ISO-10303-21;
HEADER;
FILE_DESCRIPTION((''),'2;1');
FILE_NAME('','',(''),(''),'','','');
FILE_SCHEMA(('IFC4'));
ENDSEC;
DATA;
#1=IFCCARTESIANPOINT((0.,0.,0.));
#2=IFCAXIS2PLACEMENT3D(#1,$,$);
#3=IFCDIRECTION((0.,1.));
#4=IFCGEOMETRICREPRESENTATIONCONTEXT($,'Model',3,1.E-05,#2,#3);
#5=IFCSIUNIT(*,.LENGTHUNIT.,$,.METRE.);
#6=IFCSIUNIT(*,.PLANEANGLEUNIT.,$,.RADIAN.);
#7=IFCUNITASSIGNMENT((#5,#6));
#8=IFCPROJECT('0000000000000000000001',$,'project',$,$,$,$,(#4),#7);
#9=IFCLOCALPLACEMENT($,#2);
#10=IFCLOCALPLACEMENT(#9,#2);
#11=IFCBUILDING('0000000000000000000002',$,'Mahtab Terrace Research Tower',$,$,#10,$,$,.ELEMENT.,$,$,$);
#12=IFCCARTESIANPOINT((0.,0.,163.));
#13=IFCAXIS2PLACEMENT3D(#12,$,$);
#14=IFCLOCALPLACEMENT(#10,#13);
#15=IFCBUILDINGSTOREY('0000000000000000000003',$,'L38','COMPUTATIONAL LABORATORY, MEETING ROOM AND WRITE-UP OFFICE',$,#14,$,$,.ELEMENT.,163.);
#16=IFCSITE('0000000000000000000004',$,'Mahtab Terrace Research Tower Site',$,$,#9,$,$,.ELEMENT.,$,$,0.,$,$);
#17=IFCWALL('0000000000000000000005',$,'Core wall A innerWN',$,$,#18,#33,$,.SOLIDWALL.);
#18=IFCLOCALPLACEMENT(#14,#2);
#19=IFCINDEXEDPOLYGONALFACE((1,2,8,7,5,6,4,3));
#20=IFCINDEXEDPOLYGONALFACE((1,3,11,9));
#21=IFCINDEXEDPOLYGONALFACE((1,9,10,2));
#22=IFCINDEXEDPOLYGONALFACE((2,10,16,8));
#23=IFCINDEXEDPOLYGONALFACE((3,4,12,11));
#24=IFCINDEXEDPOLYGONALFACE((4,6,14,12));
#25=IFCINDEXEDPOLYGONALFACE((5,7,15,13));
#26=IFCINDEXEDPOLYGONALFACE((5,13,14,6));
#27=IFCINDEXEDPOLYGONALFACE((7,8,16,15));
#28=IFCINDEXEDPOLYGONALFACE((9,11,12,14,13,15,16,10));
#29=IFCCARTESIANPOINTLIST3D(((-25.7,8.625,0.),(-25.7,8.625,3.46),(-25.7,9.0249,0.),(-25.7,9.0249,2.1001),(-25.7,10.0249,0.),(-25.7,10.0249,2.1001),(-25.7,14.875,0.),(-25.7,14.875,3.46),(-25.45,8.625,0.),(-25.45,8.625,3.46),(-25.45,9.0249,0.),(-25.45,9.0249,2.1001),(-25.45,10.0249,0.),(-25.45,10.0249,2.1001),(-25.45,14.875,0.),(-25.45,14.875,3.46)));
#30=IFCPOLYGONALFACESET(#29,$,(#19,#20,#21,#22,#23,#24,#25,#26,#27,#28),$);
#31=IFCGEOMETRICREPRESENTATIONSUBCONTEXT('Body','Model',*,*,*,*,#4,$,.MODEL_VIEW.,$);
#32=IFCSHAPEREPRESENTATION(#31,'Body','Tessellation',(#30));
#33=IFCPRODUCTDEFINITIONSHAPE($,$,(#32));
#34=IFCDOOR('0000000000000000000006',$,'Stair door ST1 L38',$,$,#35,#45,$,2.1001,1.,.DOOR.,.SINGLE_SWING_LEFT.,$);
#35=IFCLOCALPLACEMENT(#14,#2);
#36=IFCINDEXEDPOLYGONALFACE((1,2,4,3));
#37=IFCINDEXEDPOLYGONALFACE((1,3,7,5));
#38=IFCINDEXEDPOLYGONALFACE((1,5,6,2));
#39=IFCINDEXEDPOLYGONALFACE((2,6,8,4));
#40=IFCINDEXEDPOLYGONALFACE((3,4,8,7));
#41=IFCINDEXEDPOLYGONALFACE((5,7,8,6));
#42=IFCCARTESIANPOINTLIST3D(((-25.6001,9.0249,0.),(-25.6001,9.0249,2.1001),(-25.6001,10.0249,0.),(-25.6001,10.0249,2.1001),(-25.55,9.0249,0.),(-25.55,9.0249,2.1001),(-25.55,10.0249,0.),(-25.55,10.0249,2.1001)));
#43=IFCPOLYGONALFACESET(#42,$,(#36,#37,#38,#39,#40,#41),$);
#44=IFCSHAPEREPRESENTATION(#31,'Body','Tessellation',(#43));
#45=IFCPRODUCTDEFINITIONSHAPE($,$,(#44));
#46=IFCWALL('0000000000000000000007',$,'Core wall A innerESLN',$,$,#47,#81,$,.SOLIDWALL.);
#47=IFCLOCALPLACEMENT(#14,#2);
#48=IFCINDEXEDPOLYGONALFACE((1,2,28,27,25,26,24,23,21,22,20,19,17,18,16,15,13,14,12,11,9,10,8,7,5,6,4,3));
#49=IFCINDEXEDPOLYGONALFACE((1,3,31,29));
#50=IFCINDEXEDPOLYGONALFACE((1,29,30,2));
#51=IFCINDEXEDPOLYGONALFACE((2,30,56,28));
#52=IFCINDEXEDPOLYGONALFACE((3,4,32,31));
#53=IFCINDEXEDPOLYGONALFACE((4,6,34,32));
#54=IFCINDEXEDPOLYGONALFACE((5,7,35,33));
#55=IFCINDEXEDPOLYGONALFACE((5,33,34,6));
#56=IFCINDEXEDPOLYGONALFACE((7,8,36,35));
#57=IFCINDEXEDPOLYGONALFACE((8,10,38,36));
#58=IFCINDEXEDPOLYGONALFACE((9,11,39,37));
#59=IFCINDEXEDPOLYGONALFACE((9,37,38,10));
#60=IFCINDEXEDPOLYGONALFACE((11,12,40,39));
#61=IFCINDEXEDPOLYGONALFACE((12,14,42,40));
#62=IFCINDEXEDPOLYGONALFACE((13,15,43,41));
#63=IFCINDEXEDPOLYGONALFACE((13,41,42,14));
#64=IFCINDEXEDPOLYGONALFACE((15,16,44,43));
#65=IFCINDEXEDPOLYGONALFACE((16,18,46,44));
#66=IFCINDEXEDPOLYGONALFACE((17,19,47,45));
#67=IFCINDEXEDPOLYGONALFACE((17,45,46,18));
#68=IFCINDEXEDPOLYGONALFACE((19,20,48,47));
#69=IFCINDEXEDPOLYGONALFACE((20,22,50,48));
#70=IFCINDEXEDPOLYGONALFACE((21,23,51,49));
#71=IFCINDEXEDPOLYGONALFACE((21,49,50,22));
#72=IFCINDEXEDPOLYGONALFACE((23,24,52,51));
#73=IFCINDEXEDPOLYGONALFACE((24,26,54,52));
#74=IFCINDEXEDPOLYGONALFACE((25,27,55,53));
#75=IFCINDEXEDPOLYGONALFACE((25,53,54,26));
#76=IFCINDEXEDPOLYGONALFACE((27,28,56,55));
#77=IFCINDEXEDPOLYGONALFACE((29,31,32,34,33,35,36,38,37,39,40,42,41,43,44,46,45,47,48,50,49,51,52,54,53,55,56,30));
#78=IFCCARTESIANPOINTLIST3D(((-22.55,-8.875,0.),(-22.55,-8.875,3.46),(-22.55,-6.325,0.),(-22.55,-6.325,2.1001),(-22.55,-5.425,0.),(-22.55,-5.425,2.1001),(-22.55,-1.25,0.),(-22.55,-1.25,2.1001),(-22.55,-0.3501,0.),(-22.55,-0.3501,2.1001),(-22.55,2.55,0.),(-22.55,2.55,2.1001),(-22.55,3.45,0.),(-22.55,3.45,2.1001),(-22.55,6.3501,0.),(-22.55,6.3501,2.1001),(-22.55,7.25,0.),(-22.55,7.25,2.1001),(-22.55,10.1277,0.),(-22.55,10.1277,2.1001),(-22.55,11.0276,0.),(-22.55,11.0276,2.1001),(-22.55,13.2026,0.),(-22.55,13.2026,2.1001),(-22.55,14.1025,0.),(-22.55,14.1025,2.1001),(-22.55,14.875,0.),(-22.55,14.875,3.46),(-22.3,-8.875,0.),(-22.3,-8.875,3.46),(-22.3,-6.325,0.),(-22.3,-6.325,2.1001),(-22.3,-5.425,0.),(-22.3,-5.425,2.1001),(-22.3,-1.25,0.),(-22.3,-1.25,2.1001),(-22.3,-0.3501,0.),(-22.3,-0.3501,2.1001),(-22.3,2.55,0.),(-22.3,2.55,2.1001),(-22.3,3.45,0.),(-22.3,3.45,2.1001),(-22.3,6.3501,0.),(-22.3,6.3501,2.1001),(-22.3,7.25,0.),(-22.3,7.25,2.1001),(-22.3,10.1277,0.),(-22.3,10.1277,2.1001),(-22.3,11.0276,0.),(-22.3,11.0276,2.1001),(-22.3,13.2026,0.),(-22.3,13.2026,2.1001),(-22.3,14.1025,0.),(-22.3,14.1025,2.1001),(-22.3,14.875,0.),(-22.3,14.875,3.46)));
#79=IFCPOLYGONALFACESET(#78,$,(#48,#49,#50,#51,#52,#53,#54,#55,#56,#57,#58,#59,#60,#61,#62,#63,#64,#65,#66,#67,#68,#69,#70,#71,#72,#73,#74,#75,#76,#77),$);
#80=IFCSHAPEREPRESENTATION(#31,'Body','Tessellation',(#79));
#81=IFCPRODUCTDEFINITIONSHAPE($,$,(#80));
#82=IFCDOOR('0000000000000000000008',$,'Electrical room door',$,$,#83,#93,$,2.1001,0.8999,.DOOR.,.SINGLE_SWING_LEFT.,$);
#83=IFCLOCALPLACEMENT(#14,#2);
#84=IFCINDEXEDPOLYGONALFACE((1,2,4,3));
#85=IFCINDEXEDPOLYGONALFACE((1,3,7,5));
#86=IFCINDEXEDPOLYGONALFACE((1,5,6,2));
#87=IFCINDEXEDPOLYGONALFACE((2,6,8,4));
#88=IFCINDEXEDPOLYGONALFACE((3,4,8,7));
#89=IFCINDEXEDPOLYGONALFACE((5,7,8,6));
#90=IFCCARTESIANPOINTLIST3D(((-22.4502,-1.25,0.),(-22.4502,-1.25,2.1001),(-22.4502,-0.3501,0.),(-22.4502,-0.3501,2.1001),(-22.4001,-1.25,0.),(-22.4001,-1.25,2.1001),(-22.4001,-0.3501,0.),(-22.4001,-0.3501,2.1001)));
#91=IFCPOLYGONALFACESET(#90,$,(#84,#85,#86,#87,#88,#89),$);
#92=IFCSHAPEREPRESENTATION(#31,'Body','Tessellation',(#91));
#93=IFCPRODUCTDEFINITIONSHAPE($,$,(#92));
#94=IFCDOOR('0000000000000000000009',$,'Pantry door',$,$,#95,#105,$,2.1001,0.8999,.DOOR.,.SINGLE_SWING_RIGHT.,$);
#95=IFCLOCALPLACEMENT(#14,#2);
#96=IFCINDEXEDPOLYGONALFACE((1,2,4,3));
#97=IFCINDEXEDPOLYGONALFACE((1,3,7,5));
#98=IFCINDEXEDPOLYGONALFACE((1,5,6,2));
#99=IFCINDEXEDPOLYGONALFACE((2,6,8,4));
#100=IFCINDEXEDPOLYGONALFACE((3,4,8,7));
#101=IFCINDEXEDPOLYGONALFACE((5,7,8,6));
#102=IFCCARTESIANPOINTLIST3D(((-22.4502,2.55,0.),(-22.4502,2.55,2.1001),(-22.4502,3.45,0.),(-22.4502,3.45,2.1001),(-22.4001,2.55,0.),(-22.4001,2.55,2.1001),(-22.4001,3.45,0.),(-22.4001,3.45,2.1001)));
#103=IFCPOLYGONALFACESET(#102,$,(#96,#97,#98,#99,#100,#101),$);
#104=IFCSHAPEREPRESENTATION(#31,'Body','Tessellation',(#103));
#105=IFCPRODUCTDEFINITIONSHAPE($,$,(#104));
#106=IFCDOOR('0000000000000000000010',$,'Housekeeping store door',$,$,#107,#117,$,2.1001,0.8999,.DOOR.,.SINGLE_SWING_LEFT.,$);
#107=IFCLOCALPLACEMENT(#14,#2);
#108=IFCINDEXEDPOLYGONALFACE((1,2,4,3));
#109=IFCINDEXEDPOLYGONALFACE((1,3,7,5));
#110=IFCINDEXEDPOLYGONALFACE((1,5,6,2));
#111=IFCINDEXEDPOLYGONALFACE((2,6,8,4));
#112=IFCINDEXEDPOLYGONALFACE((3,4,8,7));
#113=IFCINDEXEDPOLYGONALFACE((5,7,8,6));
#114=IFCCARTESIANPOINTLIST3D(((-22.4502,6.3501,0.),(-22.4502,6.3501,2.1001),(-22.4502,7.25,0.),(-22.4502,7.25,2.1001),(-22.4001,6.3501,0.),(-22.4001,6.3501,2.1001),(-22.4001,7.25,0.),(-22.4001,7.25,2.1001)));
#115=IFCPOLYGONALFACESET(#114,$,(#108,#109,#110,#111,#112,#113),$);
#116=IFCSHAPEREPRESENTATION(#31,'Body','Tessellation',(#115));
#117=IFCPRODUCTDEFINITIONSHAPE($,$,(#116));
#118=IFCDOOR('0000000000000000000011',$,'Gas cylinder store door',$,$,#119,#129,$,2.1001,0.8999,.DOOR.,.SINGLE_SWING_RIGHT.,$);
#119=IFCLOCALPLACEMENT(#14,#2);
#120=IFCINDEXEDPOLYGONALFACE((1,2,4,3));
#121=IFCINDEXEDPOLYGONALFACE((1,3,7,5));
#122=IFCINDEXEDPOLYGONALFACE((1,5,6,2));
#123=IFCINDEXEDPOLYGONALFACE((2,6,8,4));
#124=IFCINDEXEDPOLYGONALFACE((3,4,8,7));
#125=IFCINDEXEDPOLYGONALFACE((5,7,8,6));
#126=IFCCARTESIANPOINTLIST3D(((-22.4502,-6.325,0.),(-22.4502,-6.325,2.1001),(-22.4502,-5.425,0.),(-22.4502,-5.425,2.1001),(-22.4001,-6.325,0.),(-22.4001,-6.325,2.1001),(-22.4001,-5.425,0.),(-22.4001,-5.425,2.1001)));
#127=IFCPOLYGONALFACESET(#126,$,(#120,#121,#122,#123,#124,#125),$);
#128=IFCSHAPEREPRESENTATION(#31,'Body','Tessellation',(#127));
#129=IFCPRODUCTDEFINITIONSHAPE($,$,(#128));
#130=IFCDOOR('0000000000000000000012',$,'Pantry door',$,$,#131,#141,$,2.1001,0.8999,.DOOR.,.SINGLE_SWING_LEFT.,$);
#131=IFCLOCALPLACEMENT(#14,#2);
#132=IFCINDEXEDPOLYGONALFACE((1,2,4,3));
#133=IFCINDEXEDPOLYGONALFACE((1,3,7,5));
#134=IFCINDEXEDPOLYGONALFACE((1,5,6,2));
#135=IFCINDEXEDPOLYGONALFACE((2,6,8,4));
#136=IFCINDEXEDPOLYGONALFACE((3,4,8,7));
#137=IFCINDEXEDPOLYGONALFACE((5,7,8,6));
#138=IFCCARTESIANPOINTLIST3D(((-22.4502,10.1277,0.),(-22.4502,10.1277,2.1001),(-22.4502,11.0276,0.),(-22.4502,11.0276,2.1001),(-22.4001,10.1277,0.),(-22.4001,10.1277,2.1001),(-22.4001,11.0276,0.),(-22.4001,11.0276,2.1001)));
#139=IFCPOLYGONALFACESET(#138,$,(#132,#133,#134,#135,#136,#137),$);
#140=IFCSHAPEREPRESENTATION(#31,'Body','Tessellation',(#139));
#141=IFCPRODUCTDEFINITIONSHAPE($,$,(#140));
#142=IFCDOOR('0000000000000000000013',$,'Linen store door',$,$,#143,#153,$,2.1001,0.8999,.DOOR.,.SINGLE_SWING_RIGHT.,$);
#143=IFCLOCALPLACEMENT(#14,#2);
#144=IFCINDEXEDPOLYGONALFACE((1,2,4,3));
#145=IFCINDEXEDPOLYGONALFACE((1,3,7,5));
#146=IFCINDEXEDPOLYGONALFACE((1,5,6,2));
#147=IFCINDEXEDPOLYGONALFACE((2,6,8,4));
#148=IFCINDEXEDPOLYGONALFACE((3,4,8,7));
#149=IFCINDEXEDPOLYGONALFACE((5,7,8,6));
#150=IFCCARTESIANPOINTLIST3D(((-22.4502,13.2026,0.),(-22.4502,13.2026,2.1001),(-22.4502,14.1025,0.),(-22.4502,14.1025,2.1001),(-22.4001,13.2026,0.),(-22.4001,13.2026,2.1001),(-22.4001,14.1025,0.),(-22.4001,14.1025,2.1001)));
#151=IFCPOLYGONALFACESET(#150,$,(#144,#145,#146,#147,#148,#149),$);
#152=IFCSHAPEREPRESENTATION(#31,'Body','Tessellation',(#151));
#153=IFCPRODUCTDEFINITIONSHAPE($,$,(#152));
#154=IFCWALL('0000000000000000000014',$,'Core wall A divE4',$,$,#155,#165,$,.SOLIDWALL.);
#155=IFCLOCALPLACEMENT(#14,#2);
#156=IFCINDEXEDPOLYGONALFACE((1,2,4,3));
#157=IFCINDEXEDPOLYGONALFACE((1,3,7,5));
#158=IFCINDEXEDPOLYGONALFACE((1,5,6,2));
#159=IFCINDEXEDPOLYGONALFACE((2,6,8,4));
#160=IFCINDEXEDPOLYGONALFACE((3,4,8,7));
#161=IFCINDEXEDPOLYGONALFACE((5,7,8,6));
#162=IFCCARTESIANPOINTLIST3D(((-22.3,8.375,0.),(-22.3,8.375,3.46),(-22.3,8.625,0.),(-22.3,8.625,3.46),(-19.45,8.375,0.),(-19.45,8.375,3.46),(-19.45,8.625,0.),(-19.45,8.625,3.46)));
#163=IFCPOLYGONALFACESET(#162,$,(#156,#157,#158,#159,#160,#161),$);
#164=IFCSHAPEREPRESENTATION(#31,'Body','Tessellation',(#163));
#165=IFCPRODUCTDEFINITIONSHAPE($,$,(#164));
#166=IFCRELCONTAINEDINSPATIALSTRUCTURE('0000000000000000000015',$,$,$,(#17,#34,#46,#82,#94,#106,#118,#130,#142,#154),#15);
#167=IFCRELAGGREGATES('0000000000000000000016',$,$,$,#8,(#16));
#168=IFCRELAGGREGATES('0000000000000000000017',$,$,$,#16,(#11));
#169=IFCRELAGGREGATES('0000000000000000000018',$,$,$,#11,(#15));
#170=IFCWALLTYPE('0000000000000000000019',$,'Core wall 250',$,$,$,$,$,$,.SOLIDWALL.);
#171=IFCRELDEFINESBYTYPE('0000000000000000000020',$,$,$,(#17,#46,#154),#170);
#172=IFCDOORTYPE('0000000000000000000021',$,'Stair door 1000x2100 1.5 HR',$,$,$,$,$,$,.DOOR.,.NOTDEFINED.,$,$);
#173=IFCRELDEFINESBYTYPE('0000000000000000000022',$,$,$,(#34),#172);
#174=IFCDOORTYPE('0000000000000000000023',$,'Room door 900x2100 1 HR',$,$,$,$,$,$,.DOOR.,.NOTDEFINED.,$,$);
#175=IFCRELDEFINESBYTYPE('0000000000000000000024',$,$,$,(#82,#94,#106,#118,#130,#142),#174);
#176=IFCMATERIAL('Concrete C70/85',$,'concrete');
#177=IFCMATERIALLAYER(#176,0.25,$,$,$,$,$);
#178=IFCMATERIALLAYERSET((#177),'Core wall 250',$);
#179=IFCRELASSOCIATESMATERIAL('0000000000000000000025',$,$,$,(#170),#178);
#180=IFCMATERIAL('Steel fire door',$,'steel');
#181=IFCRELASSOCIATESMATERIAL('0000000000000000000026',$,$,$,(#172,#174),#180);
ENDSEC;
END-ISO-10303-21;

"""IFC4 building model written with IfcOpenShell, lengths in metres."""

from ifc_helpers import new_model, si_unit, direction, frame, frame_2d, origin, place, context, subcontext, project, spatial, rectangle, extrude, material, layer, layer_set, type_object, element, fill, save


model = new_model("IFC4")

# Units and contexts
model_context = context("Model", 3, precision=1e-05, world=origin(), true_north=direction((0.0, 1.0)))
body_context = subcontext(model_context, "Body", "Model", "MODEL_VIEW")
ifc_project = project(units=[si_unit("LENGTHUNIT", "METRE"), si_unit("PLANEANGLEUNIT", "RADIAN")], contexts=[model_context])

# Site, building, storey
site_placement = place(None, origin())
site = spatial("IfcSite", under=ifc_project, at=site_placement, Name="Mahtab Terrace Research Tower Site", CompositionType="ELEMENT", RefElevation=0.0)
building_placement = place(site_placement, origin())
building = spatial("IfcBuilding", under=site, at=building_placement, Name="Mahtab Terrace Research Tower", CompositionType="ELEMENT")
storey_placement = place(building_placement, frame((0.0, 0.0, 163.0)))
storey = spatial("IfcBuildingStorey", under=building, at=storey_placement, Name="L38", Description="COMPUTATIONAL LABORATORY, MEETING ROOM AND WRITE-UP OFFICE", CompositionType="ELEMENT", Elevation=163.0)

# Shared definitions
ifc_material_1 = material(Name="Concrete C70/85", Category="concrete")

# Wall, opening, door
ifc_layer_1 = layer(ifc_material_1, 0.25)
ifc_layer_set_1 = layer_set([ifc_layer_1], Name="Core wall 250")
wall_type_1 = type_object("IfcWallType", Name="Core wall 250", PredefinedType="SOLIDWALL", material=ifc_layer_set_1)
wall_1_placement = place(storey_placement, frame((-25.575, 14.875, 0.0), z_axis=(0.0, 0.0, 1.0), x_axis=(0.0, -1.0, 0.0)))
wall_1 = element("IfcWall", 1, at=wall_1_placement, inside=storey, type_object=wall_type_1, Name="Core wall A innerWN", PredefinedType="SOLIDWALL", context=body_context, shape_type="SweptSolid", body=[
    extrude(rectangle(XDim=6.25, YDim=0.25, at=frame_2d((3.125, 0.0))), origin(), (0.0, 0.0, 1.0), 3.46),
])
opening_1_placement = place(wall_1_placement, frame((4.8501, 0.0, 0.0)))
opening_1 = element("IfcOpeningElement", 2, at=opening_1_placement, cuts=wall_1, PredefinedType="OPENING", context=body_context, shape_type="SweptSolid", body=[
    extrude(rectangle(XDim=1.0, YDim=2.1001, at=frame_2d((0.5, 1.05))), frame((0.0, 0.135, 0.0), z_axis=(0.0, -1.0, 0.0), x_axis=(1.0, 0.0, 0.0)), (0.0, 0.0, 1.0), 0.27),
])
ifc_material_2 = material(Name="Steel fire door", Category="steel")
door_type_1 = type_object("IfcDoorType", Name="Stair door 1000x2100 1.5 HR", OperationType="NOTDEFINED", PredefinedType="DOOR", material=ifc_material_2)
door_1_placement = place(opening_1_placement, origin())
door_1 = element("IfcDoor", 3, at=door_1_placement, inside=storey, type_object=door_type_1, Name="Stair door ST1 L38", OperationType="SINGLE_SWING_LEFT", OverallHeight=2.1001, OverallWidth=1.0, PredefinedType="DOOR", context=body_context, shape_type="SweptSolid", body=[
    extrude(rectangle(XDim=1.0, YDim=2.1001, at=frame_2d((0.5, 1.05))), frame((0.0, 0.0249, 0.0), z_axis=(0.0, -1.0, 0.0), x_axis=(1.0, 0.0, 0.0)), (0.0, 0.0, 1.0), 0.05),
])
fill(opening_1, door_1)

# Wall, openings, doors
wall_2_placement = place(storey_placement, frame((-22.425, 14.875, 0.0), z_axis=(0.0, 0.0, 1.0), x_axis=(0.0, -1.0, 0.0)))
wall_2 = element("IfcWall", 4, at=wall_2_placement, inside=storey, type_object=wall_type_1, Name="Core wall A innerESLN", PredefinedType="SOLIDWALL", context=body_context, shape_type="SweptSolid", body=[
    extrude(rectangle(XDim=23.75, YDim=0.25, at=frame_2d((11.875, 0.0))), origin(), (0.0, 0.0, 1.0), 3.46),
])
opening_2_placement = place(wall_2_placement, frame((15.2251, 0.0, 0.0)))
opening_2 = element("IfcOpeningElement", 5, at=opening_2_placement, cuts=wall_2, PredefinedType="OPENING", context=body_context, shape_type="SweptSolid", body=[
    extrude(rectangle(XDim=0.8999, YDim=2.1001, at=frame_2d((0.45, 1.05))), frame((0.0, 0.135, 0.0), z_axis=(0.0, -1.0, 0.0), x_axis=(1.0, 0.0, 0.0)), (0.0, 0.0, 1.0), 0.27),
])
opening_3_placement = place(wall_2_placement, frame((11.425, 0.0, 0.0)))
opening_3 = element("IfcOpeningElement", 6, at=opening_3_placement, cuts=wall_2, PredefinedType="OPENING", context=body_context, shape_type="SweptSolid", body=[
    extrude(rectangle(XDim=0.8999, YDim=2.1001, at=frame_2d((0.45, 1.05))), frame((0.0, 0.135, 0.0), z_axis=(0.0, -1.0, 0.0), x_axis=(1.0, 0.0, 0.0)), (0.0, 0.0, 1.0), 0.27),
])
opening_4_placement = place(wall_2_placement, frame((7.625, 0.0, 0.0)))
opening_4 = element("IfcOpeningElement", 7, at=opening_4_placement, cuts=wall_2, PredefinedType="OPENING", context=body_context, shape_type="SweptSolid", body=[
    extrude(rectangle(XDim=0.8999, YDim=2.1001, at=frame_2d((0.45, 1.05))), frame((0.0, 0.135, 0.0), z_axis=(0.0, -1.0, 0.0), x_axis=(1.0, 0.0, 0.0)), (0.0, 0.0, 1.0), 0.27),
])
opening_5_placement = place(wall_2_placement, frame((20.3, 0.0, 0.0)))
opening_5 = element("IfcOpeningElement", 8, at=opening_5_placement, cuts=wall_2, PredefinedType="OPENING", context=body_context, shape_type="SweptSolid", body=[
    extrude(rectangle(XDim=0.8999, YDim=2.1001, at=frame_2d((0.45, 1.05))), frame((0.0, 0.135, 0.0), z_axis=(0.0, -1.0, 0.0), x_axis=(1.0, 0.0, 0.0)), (0.0, 0.0, 1.0), 0.27),
])
opening_6_placement = place(wall_2_placement, frame((3.8474, 0.0, 0.0)))
opening_6 = element("IfcOpeningElement", 9, at=opening_6_placement, cuts=wall_2, PredefinedType="OPENING", context=body_context, shape_type="SweptSolid", body=[
    extrude(rectangle(XDim=0.8999, YDim=2.1001, at=frame_2d((0.45, 1.05))), frame((0.0, 0.135, 0.0), z_axis=(0.0, -1.0, 0.0), x_axis=(1.0, 0.0, 0.0)), (0.0, 0.0, 1.0), 0.27),
])
opening_7_placement = place(wall_2_placement, frame((0.7725, 0.0, 0.0)))
opening_7 = element("IfcOpeningElement", 10, at=opening_7_placement, cuts=wall_2, PredefinedType="OPENING", context=body_context, shape_type="SweptSolid", body=[
    extrude(rectangle(XDim=0.8999, YDim=2.1001, at=frame_2d((0.45, 1.05))), frame((0.0, 0.135, 0.0), z_axis=(0.0, -1.0, 0.0), x_axis=(1.0, 0.0, 0.0)), (0.0, 0.0, 1.0), 0.27),
])
door_type_2 = type_object("IfcDoorType", Name="Room door 900x2100 1 HR", OperationType="NOTDEFINED", PredefinedType="DOOR", material=ifc_material_2)
door_2_placement = place(opening_2_placement, origin())
door_2 = element("IfcDoor", 11, at=door_2_placement, inside=storey, type_object=door_type_2, Name="Electrical room door", OperationType="SINGLE_SWING_LEFT", OverallHeight=2.1001, OverallWidth=0.8999, PredefinedType="DOOR", context=body_context, shape_type="SweptSolid", body=[
    extrude(rectangle(XDim=0.8999, YDim=2.1001, at=frame_2d((0.45, 1.05))), frame((0.0, 0.0249, 0.0), z_axis=(0.0, -1.0, 0.0), x_axis=(1.0, 0.0, 0.0)), (0.0, 0.0, 1.0), 0.05),
])
fill(opening_2, door_2)
door_3_placement = place(opening_3_placement, origin())
door_3 = element("IfcDoor", 12, at=door_3_placement, inside=storey, type_object=door_type_2, Name="Pantry door", OperationType="SINGLE_SWING_RIGHT", OverallHeight=2.1001, OverallWidth=0.8999, PredefinedType="DOOR", context=body_context, shape_type="SweptSolid", body=[
    extrude(rectangle(XDim=0.8999, YDim=2.1001, at=frame_2d((0.45, 1.05))), frame((0.0, 0.0249, 0.0), z_axis=(0.0, -1.0, 0.0), x_axis=(1.0, 0.0, 0.0)), (0.0, 0.0, 1.0), 0.05),
])
fill(opening_3, door_3)
door_4_placement = place(opening_4_placement, origin())
door_4 = element("IfcDoor", 13, at=door_4_placement, inside=storey, type_object=door_type_2, Name="Housekeeping store door", OperationType="SINGLE_SWING_LEFT", OverallHeight=2.1001, OverallWidth=0.8999, PredefinedType="DOOR", context=body_context, shape_type="SweptSolid", body=[
    extrude(rectangle(XDim=0.8999, YDim=2.1001, at=frame_2d((0.45, 1.05))), frame((0.0, 0.0249, 0.0), z_axis=(0.0, -1.0, 0.0), x_axis=(1.0, 0.0, 0.0)), (0.0, 0.0, 1.0), 0.05),
])
fill(opening_4, door_4)
door_5_placement = place(opening_5_placement, origin())
door_5 = element("IfcDoor", 14, at=door_5_placement, inside=storey, type_object=door_type_2, Name="Gas cylinder store door", OperationType="SINGLE_SWING_RIGHT", OverallHeight=2.1001, OverallWidth=0.8999, PredefinedType="DOOR", context=body_context, shape_type="SweptSolid", body=[
    extrude(rectangle(XDim=0.8999, YDim=2.1001, at=frame_2d((0.45, 1.05))), frame((0.0, 0.0249, 0.0), z_axis=(0.0, -1.0, 0.0), x_axis=(1.0, 0.0, 0.0)), (0.0, 0.0, 1.0), 0.05),
])
fill(opening_5, door_5)
door_6_placement = place(opening_6_placement, origin())
door_6 = element("IfcDoor", 15, at=door_6_placement, inside=storey, type_object=door_type_2, Name="Pantry door", OperationType="SINGLE_SWING_LEFT", OverallHeight=2.1001, OverallWidth=0.8999, PredefinedType="DOOR", context=body_context, shape_type="SweptSolid", body=[
    extrude(rectangle(XDim=0.8999, YDim=2.1001, at=frame_2d((0.45, 1.05))), frame((0.0, 0.0249, 0.0), z_axis=(0.0, -1.0, 0.0), x_axis=(1.0, 0.0, 0.0)), (0.0, 0.0, 1.0), 0.05),
])
fill(opening_6, door_6)
door_7_placement = place(opening_7_placement, origin())
door_7 = element("IfcDoor", 16, at=door_7_placement, inside=storey, type_object=door_type_2, Name="Linen store door", OperationType="SINGLE_SWING_RIGHT", OverallHeight=2.1001, OverallWidth=0.8999, PredefinedType="DOOR", context=body_context, shape_type="SweptSolid", body=[
    extrude(rectangle(XDim=0.8999, YDim=2.1001, at=frame_2d((0.45, 1.05))), frame((0.0, 0.0249, 0.0), z_axis=(0.0, -1.0, 0.0), x_axis=(1.0, 0.0, 0.0)), (0.0, 0.0, 1.0), 0.05),
])
fill(opening_7, door_7)

# Wall
wall_3_placement = place(storey_placement, frame((-22.3, 8.5, 0.0), z_axis=(0.0, 0.0, 1.0), x_axis=(1.0, 0.0, 0.0)))
element("IfcWall", 17, at=wall_3_placement, inside=storey, type_object=wall_type_1, Name="Core wall A divE4", PredefinedType="SOLIDWALL", context=body_context, shape_type="SweptSolid", body=[
    extrude(rectangle(XDim=2.8501, YDim=0.25, at=frame_2d((1.425, 0.0))), origin(), (0.0, 0.0, 1.0), 3.46),
])

save(model, "model.ifc")
